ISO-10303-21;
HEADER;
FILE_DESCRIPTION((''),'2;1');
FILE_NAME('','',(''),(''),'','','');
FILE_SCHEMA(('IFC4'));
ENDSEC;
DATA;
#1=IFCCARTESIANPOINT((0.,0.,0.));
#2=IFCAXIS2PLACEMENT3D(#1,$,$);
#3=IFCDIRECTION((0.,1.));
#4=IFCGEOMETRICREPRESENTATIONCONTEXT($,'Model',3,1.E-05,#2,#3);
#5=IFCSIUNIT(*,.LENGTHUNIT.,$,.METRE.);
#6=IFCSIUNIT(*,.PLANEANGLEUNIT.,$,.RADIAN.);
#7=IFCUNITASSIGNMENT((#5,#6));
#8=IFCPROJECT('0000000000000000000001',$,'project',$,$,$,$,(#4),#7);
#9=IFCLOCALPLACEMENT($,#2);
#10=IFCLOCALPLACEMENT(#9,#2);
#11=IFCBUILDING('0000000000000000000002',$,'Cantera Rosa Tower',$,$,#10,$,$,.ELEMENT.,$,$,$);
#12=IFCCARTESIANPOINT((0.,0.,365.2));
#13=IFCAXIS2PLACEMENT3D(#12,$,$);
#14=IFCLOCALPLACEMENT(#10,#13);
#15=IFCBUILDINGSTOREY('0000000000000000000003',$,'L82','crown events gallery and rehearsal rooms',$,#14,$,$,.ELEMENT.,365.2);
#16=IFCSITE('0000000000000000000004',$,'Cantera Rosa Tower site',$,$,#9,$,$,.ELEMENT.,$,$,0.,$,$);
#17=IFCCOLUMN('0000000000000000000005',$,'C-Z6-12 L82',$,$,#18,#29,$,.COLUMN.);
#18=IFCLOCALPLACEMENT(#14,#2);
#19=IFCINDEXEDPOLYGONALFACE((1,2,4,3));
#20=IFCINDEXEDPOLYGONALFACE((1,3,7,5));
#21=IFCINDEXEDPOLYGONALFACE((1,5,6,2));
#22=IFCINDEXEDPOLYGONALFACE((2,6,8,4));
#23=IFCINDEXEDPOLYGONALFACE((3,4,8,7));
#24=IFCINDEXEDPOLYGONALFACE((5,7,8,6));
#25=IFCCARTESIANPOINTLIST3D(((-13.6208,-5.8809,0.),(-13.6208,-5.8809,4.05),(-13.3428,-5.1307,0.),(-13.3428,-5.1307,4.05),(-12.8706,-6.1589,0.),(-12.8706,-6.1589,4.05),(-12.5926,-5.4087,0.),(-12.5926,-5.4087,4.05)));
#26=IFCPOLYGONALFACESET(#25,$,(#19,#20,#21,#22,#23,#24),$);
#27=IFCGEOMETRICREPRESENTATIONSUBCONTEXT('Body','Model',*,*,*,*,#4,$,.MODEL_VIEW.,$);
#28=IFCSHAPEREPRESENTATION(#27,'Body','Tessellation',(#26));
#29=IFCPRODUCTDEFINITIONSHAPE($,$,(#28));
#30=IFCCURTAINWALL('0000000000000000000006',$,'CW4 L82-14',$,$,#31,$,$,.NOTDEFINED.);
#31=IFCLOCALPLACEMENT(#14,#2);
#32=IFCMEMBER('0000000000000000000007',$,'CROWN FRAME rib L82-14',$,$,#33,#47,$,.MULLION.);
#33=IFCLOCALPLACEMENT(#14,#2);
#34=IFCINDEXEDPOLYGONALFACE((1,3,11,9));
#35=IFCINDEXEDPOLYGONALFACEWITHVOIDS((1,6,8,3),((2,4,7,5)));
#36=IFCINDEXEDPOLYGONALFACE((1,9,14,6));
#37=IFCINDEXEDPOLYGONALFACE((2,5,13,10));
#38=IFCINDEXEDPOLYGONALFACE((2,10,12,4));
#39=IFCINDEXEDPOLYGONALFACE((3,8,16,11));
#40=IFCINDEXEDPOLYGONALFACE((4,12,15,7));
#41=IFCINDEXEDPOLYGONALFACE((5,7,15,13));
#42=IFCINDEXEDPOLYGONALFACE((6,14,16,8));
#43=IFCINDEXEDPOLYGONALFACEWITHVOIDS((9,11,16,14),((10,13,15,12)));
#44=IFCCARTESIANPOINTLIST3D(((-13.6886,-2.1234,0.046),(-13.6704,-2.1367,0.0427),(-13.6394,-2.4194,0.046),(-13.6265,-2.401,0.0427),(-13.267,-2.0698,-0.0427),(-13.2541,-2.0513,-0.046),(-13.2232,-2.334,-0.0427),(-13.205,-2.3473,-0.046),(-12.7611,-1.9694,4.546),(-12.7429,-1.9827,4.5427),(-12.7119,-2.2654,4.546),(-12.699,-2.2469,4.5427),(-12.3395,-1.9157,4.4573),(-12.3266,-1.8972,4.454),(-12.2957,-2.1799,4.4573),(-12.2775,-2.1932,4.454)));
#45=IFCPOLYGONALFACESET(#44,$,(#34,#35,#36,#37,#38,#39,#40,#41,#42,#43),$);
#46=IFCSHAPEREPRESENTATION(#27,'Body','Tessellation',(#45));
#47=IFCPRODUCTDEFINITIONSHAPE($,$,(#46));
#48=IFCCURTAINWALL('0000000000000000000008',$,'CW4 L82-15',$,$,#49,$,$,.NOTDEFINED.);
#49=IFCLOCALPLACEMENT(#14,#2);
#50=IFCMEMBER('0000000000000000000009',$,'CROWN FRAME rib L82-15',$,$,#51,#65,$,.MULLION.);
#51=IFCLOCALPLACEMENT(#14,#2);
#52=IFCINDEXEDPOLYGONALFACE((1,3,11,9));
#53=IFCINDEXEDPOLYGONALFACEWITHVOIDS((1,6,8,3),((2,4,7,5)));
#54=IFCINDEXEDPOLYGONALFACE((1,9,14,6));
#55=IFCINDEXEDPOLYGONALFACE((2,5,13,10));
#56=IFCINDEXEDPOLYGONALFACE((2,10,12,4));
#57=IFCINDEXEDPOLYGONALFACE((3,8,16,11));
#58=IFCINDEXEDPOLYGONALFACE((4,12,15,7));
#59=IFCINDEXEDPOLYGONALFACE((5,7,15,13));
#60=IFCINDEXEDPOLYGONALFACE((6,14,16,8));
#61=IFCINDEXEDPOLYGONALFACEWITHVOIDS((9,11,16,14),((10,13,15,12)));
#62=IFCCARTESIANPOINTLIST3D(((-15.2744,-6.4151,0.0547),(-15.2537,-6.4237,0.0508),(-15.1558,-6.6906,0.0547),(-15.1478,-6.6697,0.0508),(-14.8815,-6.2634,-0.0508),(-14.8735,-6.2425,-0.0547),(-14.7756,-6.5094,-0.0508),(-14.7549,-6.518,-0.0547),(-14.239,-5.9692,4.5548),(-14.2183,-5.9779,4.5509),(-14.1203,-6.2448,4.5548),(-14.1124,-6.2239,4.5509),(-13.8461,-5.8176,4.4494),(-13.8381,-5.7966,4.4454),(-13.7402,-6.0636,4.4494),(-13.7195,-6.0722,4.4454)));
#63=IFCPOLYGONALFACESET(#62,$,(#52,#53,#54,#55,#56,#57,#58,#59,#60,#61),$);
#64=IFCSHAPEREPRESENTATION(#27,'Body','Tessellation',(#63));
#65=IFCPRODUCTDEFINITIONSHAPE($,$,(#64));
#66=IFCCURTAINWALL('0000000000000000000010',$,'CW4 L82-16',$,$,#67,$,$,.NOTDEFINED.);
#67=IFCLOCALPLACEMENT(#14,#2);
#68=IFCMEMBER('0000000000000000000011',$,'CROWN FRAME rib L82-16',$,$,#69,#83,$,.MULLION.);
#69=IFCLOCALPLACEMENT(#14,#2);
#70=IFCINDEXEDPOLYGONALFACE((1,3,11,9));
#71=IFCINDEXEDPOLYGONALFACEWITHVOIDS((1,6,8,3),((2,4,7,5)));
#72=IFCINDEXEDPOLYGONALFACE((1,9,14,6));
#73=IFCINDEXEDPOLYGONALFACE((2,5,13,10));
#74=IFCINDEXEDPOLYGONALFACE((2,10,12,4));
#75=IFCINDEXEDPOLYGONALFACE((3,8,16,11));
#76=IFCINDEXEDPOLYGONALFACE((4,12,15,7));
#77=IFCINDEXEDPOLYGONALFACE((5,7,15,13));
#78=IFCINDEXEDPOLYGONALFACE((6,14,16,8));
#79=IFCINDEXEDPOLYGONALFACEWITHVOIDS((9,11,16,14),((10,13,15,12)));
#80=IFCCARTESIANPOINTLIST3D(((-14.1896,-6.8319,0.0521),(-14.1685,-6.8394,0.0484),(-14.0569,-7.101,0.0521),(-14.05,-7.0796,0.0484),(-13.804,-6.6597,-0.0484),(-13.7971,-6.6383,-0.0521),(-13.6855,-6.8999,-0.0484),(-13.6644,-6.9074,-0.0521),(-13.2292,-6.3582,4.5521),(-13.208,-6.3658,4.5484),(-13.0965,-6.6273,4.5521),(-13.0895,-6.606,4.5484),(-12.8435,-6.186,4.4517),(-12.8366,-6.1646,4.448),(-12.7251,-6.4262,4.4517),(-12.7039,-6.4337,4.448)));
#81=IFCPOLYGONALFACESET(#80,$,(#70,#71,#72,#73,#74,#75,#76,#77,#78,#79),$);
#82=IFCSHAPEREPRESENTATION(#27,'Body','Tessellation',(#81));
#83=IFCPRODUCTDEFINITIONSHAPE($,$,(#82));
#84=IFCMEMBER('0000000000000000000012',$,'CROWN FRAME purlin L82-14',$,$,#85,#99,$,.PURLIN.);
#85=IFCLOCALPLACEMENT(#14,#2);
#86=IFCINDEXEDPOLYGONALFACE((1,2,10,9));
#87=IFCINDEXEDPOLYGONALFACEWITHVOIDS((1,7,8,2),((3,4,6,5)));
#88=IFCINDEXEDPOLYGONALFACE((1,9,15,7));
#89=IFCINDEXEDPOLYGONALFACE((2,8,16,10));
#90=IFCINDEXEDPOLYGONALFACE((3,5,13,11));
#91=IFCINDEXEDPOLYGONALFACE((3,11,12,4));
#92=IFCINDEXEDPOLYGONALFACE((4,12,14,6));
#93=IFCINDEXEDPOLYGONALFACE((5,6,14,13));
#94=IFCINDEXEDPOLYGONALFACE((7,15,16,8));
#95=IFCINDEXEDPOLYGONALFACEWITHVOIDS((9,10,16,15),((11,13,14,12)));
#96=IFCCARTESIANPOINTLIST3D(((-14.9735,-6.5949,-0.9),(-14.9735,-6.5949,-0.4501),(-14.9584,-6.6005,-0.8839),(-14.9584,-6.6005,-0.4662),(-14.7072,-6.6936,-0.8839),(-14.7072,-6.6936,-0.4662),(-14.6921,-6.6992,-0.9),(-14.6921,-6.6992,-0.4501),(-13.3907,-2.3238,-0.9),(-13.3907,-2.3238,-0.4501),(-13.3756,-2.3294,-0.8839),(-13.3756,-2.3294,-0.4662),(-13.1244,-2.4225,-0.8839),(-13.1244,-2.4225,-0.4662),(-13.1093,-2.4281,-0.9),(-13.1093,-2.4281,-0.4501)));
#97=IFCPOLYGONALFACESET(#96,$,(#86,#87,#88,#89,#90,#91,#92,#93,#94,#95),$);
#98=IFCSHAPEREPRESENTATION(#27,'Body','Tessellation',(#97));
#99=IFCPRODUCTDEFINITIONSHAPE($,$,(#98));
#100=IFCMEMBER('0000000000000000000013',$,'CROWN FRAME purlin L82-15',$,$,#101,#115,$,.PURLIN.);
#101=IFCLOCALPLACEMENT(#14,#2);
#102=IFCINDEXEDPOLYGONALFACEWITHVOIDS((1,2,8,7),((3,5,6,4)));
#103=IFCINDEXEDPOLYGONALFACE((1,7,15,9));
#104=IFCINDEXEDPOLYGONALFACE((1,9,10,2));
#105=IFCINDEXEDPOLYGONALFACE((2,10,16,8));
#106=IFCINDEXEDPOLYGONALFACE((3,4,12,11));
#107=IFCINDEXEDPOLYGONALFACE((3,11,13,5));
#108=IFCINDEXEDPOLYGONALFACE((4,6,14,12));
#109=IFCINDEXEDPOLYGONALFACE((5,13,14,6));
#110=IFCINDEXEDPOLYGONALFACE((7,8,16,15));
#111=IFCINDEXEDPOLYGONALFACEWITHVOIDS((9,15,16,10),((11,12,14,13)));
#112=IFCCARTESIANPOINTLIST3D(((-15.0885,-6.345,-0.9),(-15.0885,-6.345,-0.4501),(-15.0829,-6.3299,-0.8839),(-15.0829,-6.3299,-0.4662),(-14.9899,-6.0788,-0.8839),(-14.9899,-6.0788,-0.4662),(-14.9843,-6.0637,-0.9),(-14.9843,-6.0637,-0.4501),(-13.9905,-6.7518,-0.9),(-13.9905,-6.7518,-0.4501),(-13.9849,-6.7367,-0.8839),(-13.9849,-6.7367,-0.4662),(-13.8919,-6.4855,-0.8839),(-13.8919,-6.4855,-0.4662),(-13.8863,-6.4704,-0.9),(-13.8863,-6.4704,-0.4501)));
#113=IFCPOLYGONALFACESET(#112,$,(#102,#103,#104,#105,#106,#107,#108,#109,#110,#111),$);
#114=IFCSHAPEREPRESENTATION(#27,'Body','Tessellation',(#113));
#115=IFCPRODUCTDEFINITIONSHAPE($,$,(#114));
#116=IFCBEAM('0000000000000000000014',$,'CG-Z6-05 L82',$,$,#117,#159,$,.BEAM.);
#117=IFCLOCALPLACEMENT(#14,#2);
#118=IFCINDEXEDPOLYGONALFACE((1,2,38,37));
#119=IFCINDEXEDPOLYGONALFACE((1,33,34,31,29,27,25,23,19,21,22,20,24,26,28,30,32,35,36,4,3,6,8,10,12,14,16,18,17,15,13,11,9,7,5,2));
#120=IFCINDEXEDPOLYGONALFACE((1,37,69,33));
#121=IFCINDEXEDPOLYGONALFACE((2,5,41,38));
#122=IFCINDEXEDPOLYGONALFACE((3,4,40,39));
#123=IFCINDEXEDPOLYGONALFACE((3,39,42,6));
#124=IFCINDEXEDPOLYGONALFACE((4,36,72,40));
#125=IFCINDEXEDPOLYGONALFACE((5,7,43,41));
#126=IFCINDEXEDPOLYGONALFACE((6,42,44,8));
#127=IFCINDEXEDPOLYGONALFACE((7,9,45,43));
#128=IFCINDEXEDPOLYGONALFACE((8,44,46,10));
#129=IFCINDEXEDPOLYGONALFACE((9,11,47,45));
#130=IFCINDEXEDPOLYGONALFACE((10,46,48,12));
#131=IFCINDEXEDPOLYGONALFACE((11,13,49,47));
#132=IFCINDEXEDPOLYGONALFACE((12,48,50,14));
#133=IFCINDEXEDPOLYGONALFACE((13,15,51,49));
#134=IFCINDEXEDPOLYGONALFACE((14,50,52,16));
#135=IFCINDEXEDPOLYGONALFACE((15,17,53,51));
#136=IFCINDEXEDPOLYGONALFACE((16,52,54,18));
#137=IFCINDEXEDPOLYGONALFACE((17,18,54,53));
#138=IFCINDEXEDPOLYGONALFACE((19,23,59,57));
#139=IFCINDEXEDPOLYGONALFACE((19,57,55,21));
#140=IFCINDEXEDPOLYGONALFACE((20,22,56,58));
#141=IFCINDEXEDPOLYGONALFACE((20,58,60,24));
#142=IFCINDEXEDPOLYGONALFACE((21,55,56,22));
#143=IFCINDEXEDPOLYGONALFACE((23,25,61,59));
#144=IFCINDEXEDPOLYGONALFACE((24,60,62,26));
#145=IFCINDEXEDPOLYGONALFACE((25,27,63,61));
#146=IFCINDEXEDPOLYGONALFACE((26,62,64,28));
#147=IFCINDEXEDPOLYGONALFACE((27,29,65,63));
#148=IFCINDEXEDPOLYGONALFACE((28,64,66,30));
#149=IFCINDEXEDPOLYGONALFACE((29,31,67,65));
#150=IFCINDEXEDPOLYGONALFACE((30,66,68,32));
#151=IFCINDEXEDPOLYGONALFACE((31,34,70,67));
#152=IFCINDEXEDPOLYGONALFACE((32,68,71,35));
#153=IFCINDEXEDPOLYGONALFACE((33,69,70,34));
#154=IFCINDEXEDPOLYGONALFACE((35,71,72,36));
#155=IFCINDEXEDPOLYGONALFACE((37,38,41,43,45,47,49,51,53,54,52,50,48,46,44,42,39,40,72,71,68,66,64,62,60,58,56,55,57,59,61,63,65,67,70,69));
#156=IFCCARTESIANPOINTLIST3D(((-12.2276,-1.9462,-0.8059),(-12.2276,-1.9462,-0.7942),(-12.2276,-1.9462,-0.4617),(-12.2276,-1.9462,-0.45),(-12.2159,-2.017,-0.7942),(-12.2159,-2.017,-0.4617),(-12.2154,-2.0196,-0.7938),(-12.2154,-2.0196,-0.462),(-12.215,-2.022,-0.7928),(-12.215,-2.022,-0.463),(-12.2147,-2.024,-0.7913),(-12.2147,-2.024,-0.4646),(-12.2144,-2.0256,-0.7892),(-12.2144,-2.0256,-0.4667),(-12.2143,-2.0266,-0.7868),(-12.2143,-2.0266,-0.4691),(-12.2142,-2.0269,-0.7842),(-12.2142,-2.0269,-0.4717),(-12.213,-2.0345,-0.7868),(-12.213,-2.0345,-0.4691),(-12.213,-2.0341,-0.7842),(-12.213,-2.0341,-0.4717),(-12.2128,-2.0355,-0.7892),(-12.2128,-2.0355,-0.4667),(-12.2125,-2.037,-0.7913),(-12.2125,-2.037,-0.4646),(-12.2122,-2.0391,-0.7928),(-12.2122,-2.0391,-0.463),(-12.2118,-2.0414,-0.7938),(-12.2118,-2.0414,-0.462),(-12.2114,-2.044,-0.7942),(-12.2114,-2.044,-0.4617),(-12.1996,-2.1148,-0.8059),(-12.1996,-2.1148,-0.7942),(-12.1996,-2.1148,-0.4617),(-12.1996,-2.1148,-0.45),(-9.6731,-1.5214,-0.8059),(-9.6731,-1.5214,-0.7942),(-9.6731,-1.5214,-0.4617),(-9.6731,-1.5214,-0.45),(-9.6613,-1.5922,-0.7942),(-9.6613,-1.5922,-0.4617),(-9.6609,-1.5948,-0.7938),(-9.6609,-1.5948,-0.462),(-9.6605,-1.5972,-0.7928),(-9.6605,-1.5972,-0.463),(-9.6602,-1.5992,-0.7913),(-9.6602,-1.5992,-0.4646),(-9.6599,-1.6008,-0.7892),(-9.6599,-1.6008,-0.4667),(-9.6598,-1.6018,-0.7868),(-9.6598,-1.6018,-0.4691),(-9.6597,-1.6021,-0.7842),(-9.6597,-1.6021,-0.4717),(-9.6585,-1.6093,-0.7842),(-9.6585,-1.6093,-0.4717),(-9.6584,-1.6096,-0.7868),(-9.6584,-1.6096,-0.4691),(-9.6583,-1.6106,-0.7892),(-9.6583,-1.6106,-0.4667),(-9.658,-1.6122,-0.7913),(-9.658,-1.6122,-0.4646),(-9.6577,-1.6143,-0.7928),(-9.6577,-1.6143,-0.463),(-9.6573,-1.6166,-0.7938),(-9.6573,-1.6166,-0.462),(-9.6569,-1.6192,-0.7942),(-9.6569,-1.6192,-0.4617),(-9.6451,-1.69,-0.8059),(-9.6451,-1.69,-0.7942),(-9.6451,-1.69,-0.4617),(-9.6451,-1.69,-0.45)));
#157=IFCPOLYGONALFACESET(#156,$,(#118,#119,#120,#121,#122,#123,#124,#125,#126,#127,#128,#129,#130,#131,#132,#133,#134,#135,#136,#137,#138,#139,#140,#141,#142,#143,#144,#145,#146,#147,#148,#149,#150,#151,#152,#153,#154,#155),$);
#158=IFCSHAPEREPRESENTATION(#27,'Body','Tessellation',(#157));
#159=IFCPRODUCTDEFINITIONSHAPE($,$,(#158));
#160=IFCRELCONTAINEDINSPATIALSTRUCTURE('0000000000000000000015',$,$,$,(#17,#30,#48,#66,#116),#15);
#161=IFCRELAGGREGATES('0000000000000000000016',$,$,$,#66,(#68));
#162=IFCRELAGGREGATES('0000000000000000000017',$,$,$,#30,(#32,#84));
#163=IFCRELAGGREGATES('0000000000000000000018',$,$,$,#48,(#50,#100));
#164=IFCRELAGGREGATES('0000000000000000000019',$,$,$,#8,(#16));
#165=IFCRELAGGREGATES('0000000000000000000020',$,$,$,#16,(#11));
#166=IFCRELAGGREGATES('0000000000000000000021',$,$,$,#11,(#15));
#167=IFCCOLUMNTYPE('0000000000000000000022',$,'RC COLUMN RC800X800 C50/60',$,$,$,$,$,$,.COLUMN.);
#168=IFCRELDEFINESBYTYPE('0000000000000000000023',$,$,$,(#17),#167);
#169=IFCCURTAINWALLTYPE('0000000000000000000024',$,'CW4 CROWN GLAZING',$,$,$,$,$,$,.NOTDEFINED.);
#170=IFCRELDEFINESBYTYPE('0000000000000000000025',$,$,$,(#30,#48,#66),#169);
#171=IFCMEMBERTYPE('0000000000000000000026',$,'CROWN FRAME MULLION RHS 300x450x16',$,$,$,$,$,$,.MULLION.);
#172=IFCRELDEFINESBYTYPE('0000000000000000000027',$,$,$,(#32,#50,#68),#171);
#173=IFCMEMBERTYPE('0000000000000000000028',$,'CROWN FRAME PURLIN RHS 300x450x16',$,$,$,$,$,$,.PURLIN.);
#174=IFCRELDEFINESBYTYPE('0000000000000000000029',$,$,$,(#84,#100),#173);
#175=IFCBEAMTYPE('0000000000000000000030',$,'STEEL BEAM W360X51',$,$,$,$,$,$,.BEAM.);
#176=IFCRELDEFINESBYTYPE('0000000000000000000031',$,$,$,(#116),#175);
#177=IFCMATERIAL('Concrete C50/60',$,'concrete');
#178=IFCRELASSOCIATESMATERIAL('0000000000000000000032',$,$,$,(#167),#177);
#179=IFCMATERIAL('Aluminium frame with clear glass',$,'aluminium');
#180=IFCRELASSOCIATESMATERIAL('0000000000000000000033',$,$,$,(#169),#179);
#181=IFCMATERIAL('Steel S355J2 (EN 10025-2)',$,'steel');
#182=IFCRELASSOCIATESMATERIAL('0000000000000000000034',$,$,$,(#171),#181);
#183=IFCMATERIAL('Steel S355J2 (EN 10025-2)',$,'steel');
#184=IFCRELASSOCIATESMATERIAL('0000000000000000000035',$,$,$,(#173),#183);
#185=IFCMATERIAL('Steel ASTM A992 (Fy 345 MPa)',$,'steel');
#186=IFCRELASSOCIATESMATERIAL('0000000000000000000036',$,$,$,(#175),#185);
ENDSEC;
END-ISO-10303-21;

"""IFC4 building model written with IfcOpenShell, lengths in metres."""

from ifc_helpers import new_model, si_unit, direction, frame, origin, origin_2d, place, context, subcontext, project, spatial, rectangle, hollow_rectangle, i_section, extrude, material, material_profile, profile_set, type_object, element, aggregate, save


model = new_model("IFC4")

# Units and contexts
model_context = context("Model", 3, precision=1e-05, world=origin(), true_north=direction((0.0, 1.0)))
body_context = subcontext(model_context, "Body", "Model", "MODEL_VIEW")
ifc_project = project(units=[si_unit("LENGTHUNIT", "METRE"), si_unit("PLANEANGLEUNIT", "RADIAN")], contexts=[model_context])

# Site, building, storey
site_placement = place(None, origin())
site = spatial("IfcSite", under=ifc_project, at=site_placement, Name="Cantera Rosa Tower site", CompositionType="ELEMENT", RefElevation=0.0)
building_placement = place(site_placement, origin())
building = spatial("IfcBuilding", under=site, at=building_placement, Name="Cantera Rosa Tower", CompositionType="ELEMENT")
storey_placement = place(building_placement, frame((0.0, 0.0, 365.2)))
storey = spatial("IfcBuildingStorey", under=building, at=storey_placement, Name="L82", Description="crown events gallery and rehearsal rooms", CompositionType="ELEMENT", Elevation=365.2)

# Column
ifc_material_1 = material(Name="Concrete C50/60", Category="concrete")
ifc_material_profile_1 = material_profile(ifc_material_1, rectangle(XDim=0.8, YDim=0.8, at=origin_2d()), Name="RC COLUMN RC800X800 C50/60")
ifc_profile_set_1 = profile_set([ifc_material_profile_1], Name="Concrete C50/60")
column_type = type_object("IfcColumnType", Name="RC COLUMN RC800X800 C50/60", PredefinedType="COLUMN", material=ifc_profile_set_1)
column_placement = place(storey_placement, frame((-13.1067, -5.6448, 0.0), z_axis=(0.0, 0.0, 1.0), x_axis=(0.347481, 0.937687, 0.0)))
element("IfcColumn", 1, at=column_placement, inside=storey, type_object=column_type, Name="C-Z6-12 L82", PredefinedType="COLUMN", context=body_context, shape_type="SweptSolid", body=[
    extrude(rectangle(XDim=0.8, YDim=0.8, at=origin_2d()), origin(), (0.0, 0.0, 1.0), 4.05),
])

# Curtain walls, members
ifc_material_2 = material(Name="Aluminium frame with clear glass", Category="aluminium")
curtain_wall_type = type_object("IfcCurtainWallType", Name="CW4 CROWN GLAZING", PredefinedType="NOTDEFINED", material=ifc_material_2)
curtain_wall_1_placement = place(storey_placement, origin())
curtain_wall_1 = element("IfcCurtainWall", 2, at=curtain_wall_1_placement, inside=storey, type_object=curtain_wall_type, Name="CW4 L82-14", PredefinedType="NOTDEFINED")
ifc_material_3 = material(Name="Steel S355J2 (EN 10025-2)", Category="steel")
ifc_material_profile_2 = material_profile(ifc_material_3, hollow_rectangle(XDim=0.3, YDim=0.45, WallThickness=0.0161, at=origin_2d()), Name="CROWN FRAME MULLION RHS 300x450x16")
ifc_profile_set_2 = profile_set([ifc_material_profile_2], Name="Steel S355J2 (EN 10025-2)")
member_type_1 = type_object("IfcMemberType", Name="CROWN FRAME MULLION RHS 300x450x16", PredefinedType="MULLION", material=ifc_profile_set_2)
member_1_placement = place(storey_placement, frame((-13.4468, -2.2354, 0.0), z_axis=(0.201752, 0.03351, 0.978863), x_axis=(-0.163852, 0.986485, 0.0)))
member_1 = element("IfcMember", 3, at=member_1_placement, type_object=member_type_1, Name="CROWN FRAME rib L82-14", PredefinedType="MULLION", context=body_context, shape_type="SweptSolid", body=[
    extrude(hollow_rectangle(XDim=0.3, YDim=0.45, WallThickness=0.0161, at=origin_2d()), origin(), (0.0, 0.0, 1.0), 4.5972),
])
curtain_wall_2_placement = place(storey_placement, origin())
curtain_wall_2 = element("IfcCurtainWall", 4, at=curtain_wall_2_placement, inside=storey, type_object=curtain_wall_type, Name="CW4 L82-15", PredefinedType="NOTDEFINED")
member_2_placement = place(storey_placement, frame((-15.0146, -6.4666, 0.0), z_axis=(0.223192, 0.096097, 0.970026), x_axis=(-0.395461, 0.918483, 0.0)))
member_2 = element("IfcMember", 5, at=member_2_placement, type_object=member_type_1, Name="CROWN FRAME rib L82-15", PredefinedType="MULLION", context=body_context, shape_type="SweptSolid", body=[
    extrude(hollow_rectangle(XDim=0.3, YDim=0.45, WallThickness=0.0161, at=origin_2d()), origin(), (0.0, 0.0, 1.0), 4.6392),
])
curtain_wall_3_placement = place(storey_placement, origin())
curtain_wall_3 = element("IfcCurtainWall", 6, at=curtain_wall_3_placement, inside=storey, type_object=curtain_wall_type, Name="CW4 L82-16", PredefinedType="NOTDEFINED")
member_3_placement = place(storey_placement, frame((-13.927, -6.8696, 0.0), z_axis=(0.207635, 0.102392, 0.972833), x_axis=(-0.442282, 0.896876, 0.0)))
member_3 = element("IfcMember", 7, at=member_3_placement, type_object=member_type_1, Name="CROWN FRAME rib L82-16", PredefinedType="MULLION", context=body_context, shape_type="SweptSolid", body=[
    extrude(hollow_rectangle(XDim=0.3, YDim=0.45, WallThickness=0.0161, at=origin_2d()), origin(), (0.0, 0.0, 1.0), 4.6257),
])

# Members
ifc_material_4 = material(Name="Steel S355J2 (EN 10025-2)", Category="steel")
ifc_material_profile_3 = material_profile(ifc_material_4, hollow_rectangle(XDim=0.3, YDim=0.45, WallThickness=0.0161, at=origin_2d()), Name="CROWN FRAME PURLIN RHS 300x450x16")
ifc_profile_set_3 = profile_set([ifc_material_profile_3], Name="Steel S355J2 (EN 10025-2)")
member_type_2 = type_object("IfcMemberType", Name="CROWN FRAME PURLIN RHS 300x450x16", PredefinedType="PURLIN", material=ifc_profile_set_3)
member_4_placement = place(storey_placement, frame((-13.25, -2.376, -0.675), z_axis=(-0.347491, -0.937683, 0.0), x_axis=(0.937683, -0.347491, 0.0)))
member_4 = element("IfcMember", 8, at=member_4_placement, type_object=member_type_2, Name="CROWN FRAME purlin L82-14", PredefinedType="PURLIN", context=body_context, shape_type="SweptSolid", body=[
    extrude(hollow_rectangle(XDim=0.3, YDim=0.45, WallThickness=0.0161, at=origin_2d()), origin(), (0.0, 0.0, 1.0), 4.5549),
])
member_5_placement = place(storey_placement, frame((-15.0364, -6.2043, -0.675), z_axis=(0.937719, -0.347396, 0.0), x_axis=(0.347396, 0.937719, 0.0)))
member_5 = element("IfcMember", 9, at=member_5_placement, type_object=member_type_2, Name="CROWN FRAME purlin L82-15", PredefinedType="PURLIN", context=body_context, shape_type="SweptSolid", body=[
    extrude(hollow_rectangle(XDim=0.3, YDim=0.45, WallThickness=0.0161, at=origin_2d()), origin(), (0.0, 0.0, 1.0), 1.1709),
])

# Beam
ifc_material_5 = material(Name="Steel ASTM A992 (Fy 345 MPa)", Category="steel")
ifc_material_profile_4 = material_profile(ifc_material_5, i_section(OverallWidth=0.1709, OverallDepth=0.356, WebThickness=0.0073, FlangeThickness=0.0117, FilletRadius=0.01, at=origin_2d()), Name="W360X51")
ifc_profile_set_4 = profile_set([ifc_material_profile_4], Name="Steel ASTM A992 (Fy 345 MPa)")
beam_type_1 = type_object("IfcBeamType", Name="STEEL BEAM W360X51", PredefinedType="BEAM", material=ifc_profile_set_4)
beam_1_placement = place(storey_placement, frame((-12.2136, -2.0305, -0.6279), z_axis=(0.986452, 0.164047, 0.0), x_axis=(-0.164047, 0.986452, 0.0)))
element("IfcBeam", 10, at=beam_1_placement, inside=storey, type_object=beam_type_1, Name="CG-Z6-05 L82", PredefinedType="BEAM", context=body_context, shape_type="SweptSolid", body=[
    extrude(i_section(OverallWidth=0.1709, OverallDepth=0.356, WebThickness=0.0073, FlangeThickness=0.0117, FilletRadius=0.01, at=origin_2d()), origin(), (0.0, 0.0, 1.0), 2.5896),
])

aggregate(curtain_wall_3, [member_3])

aggregate(curtain_wall_1, [member_1, member_4])
aggregate(curtain_wall_2, [member_2, member_5])

save(model, "model.ifc")
